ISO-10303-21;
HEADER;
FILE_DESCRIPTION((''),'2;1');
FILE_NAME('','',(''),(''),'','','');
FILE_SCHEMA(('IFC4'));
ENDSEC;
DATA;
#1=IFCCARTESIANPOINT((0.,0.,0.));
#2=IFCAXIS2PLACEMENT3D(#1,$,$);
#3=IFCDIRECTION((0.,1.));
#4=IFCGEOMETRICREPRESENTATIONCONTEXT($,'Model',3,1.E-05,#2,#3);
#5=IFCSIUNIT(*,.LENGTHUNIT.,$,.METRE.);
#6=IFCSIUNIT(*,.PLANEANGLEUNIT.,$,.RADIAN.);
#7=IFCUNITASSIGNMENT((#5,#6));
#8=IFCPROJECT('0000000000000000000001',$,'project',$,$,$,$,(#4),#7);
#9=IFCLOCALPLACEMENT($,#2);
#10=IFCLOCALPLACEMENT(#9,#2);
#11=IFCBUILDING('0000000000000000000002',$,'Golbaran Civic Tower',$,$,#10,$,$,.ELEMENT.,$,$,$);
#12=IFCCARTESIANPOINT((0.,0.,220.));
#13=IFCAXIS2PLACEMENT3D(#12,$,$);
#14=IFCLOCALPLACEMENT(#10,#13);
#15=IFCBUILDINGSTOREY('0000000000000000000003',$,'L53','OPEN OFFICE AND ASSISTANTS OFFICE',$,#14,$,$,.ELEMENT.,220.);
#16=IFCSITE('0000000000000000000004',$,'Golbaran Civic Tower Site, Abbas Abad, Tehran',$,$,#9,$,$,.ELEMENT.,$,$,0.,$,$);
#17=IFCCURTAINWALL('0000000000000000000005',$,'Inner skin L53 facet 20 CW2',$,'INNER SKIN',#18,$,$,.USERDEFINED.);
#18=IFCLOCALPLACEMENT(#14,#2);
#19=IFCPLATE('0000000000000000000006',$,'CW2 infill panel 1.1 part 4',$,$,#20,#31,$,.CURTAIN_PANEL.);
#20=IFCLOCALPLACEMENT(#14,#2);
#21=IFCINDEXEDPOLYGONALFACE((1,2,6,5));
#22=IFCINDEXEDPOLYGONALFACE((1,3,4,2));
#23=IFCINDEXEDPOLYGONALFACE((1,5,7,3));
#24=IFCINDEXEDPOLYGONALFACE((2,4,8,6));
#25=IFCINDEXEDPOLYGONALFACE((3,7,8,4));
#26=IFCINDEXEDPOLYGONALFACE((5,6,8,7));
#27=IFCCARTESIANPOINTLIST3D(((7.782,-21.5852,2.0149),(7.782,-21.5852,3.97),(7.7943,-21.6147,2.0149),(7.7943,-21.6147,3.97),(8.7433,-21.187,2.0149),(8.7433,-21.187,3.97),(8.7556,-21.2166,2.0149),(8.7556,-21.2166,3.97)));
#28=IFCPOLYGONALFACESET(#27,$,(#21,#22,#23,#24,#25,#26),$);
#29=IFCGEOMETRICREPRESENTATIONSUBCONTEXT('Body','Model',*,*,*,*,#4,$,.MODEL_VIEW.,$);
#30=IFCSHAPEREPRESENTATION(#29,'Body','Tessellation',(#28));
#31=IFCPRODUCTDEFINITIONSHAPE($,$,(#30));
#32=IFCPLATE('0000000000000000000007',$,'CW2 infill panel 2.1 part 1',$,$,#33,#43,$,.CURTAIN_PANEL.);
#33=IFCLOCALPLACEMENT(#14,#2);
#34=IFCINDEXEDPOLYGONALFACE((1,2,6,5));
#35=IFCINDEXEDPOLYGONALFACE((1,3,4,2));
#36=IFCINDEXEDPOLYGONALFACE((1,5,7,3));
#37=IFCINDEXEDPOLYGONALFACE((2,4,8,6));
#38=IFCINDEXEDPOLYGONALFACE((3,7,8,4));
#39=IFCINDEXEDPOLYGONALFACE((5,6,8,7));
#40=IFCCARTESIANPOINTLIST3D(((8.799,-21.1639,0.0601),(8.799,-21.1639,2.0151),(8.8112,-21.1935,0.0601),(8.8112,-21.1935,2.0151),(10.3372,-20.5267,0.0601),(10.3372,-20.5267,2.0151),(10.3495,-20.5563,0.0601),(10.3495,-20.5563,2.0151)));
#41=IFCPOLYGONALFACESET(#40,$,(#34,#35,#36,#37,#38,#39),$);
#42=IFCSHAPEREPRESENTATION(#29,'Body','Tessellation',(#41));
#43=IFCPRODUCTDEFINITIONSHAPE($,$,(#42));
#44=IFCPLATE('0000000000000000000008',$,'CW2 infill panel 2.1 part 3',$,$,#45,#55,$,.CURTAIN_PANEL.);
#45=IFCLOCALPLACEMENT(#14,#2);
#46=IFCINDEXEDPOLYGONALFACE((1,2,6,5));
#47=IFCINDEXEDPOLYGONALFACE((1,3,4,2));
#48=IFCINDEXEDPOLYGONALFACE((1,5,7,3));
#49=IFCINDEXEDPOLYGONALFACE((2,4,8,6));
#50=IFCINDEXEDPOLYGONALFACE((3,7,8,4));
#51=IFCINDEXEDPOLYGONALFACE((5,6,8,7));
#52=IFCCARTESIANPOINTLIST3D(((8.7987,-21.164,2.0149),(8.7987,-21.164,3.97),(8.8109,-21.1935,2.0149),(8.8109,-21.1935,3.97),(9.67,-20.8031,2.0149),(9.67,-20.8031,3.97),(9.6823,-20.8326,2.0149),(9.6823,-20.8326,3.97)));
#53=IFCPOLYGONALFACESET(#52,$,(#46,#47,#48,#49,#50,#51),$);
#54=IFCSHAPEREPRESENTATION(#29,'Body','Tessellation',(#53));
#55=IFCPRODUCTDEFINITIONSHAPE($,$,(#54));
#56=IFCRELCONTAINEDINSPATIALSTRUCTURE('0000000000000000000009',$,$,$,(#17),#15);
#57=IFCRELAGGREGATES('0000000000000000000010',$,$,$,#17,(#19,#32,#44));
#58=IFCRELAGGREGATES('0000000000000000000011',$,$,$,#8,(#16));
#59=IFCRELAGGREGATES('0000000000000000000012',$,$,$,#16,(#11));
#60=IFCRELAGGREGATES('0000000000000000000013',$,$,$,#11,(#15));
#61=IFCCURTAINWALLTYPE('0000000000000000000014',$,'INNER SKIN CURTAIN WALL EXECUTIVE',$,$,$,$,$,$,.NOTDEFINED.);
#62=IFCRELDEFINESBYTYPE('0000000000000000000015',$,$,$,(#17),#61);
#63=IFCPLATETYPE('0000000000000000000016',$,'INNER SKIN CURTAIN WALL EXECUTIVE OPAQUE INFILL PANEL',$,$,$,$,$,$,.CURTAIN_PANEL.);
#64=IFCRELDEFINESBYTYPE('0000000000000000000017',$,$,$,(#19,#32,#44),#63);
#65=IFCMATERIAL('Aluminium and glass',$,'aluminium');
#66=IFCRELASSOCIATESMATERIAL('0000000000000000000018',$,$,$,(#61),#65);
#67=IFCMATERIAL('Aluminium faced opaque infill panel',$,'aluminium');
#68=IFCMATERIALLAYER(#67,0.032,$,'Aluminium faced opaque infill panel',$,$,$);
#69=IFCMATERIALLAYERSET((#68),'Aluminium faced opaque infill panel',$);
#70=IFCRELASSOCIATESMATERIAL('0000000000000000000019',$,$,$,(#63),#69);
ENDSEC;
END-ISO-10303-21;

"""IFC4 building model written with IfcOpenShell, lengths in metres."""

from ifc_helpers import new_model, si_unit, direction, frame, origin, origin_2d, place, context, subcontext, project, spatial, rectangle, extrude, material, layer, layer_set, type_object, element, aggregate, save


model = new_model("IFC4")

# Units and contexts
model_context = context("Model", 3, precision=1e-05, world=origin(), true_north=direction((0.0, 1.0)))
body_context = subcontext(model_context, "Body", "Model", "MODEL_VIEW")
ifc_project = project(units=[si_unit("LENGTHUNIT", "METRE"), si_unit("PLANEANGLEUNIT", "RADIAN")], contexts=[model_context])

# Site, building, storey
site_placement = place(None, origin())
site = spatial("IfcSite", under=ifc_project, at=site_placement, Name="Golbaran Civic Tower Site, Abbas Abad, Tehran", CompositionType="ELEMENT", RefElevation=0.0)
building_placement = place(site_placement, origin())
building = spatial("IfcBuilding", under=site, at=building_placement, Name="Golbaran Civic Tower", CompositionType="ELEMENT")
storey_placement = place(building_placement, frame((0.0, 0.0, 220.0)))
storey = spatial("IfcBuildingStorey", under=building, at=storey_placement, Name="L53", Description="OPEN OFFICE AND ASSISTANTS OFFICE", CompositionType="ELEMENT", Elevation=220.0)

# Curtain wall
ifc_material_1 = material(Name="Aluminium and glass", Category="aluminium")
curtain_wall_type = type_object("IfcCurtainWallType", Name="INNER SKIN CURTAIN WALL EXECUTIVE", PredefinedType="NOTDEFINED", material=ifc_material_1)
curtain_wall_1_placement = place(storey_placement, origin())
curtain_wall_1 = element("IfcCurtainWall", 1, at=curtain_wall_1_placement, inside=storey, type_object=curtain_wall_type, Name="Inner skin L53 facet 20 CW2", ObjectType="INNER SKIN", PredefinedType="USERDEFINED")

# Plates
ifc_material_2 = material(Name="Aluminium faced opaque infill panel", Category="aluminium")
ifc_layer_1 = layer(ifc_material_2, 0.032, Name="Aluminium faced opaque infill panel")
ifc_layer_set_1 = layer_set([ifc_layer_1], Name="Aluminium faced opaque infill panel")
plate_type_1 = type_object("IfcPlateType", Name="INNER SKIN CURTAIN WALL EXECUTIVE OPAQUE INFILL PANEL", PredefinedType="CURTAIN_PANEL", material=ifc_layer_set_1)
plate_1_placement = place(storey_placement, frame((8.2688, -21.4009, 2.0149), z_axis=(0.0, 0.0, 1.0), x_axis=(0.92388, 0.382683, 0.0)))
plate_1 = element("IfcPlate", 2, at=plate_1_placement, type_object=plate_type_1, Name="CW2 infill panel 1.1 part 4", PredefinedType="CURTAIN_PANEL", context=body_context, shape_type="SweptSolid", body=[
    extrude(rectangle(XDim=1.0405, YDim=0.032, at=origin_2d()), origin(), (0.0, 0.0, 1.0), 1.9551),
])
plate_2_placement = place(storey_placement, frame((9.5742, -20.8601, 0.0601), z_axis=(0.0, 0.0, 1.0), x_axis=(0.92388, 0.382683, 0.0)))
plate_2 = element("IfcPlate", 3, at=plate_2_placement, type_object=plate_type_1, Name="CW2 infill panel 2.1 part 1", PredefinedType="CURTAIN_PANEL", context=body_context, shape_type="SweptSolid", body=[
    extrude(rectangle(XDim=1.665, YDim=0.032, at=origin_2d()), origin(), (0.0, 0.0, 1.0), 1.9551),
])
plate_3_placement = place(storey_placement, frame((9.2405, -20.9983, 2.0149), z_axis=(0.0, 0.0, 1.0), x_axis=(0.92388, 0.382683, 0.0)))
plate_3 = element("IfcPlate", 4, at=plate_3_placement, type_object=plate_type_1, Name="CW2 infill panel 2.1 part 3", PredefinedType="CURTAIN_PANEL", context=body_context, shape_type="SweptSolid", body=[
    extrude(rectangle(XDim=0.9431, YDim=0.032, at=origin_2d()), origin(), (0.0, 0.0, 1.0), 1.9551),
])
aggregate(curtain_wall_1, [plate_1, plate_2, plate_3])

save(model, "model.ifc")
